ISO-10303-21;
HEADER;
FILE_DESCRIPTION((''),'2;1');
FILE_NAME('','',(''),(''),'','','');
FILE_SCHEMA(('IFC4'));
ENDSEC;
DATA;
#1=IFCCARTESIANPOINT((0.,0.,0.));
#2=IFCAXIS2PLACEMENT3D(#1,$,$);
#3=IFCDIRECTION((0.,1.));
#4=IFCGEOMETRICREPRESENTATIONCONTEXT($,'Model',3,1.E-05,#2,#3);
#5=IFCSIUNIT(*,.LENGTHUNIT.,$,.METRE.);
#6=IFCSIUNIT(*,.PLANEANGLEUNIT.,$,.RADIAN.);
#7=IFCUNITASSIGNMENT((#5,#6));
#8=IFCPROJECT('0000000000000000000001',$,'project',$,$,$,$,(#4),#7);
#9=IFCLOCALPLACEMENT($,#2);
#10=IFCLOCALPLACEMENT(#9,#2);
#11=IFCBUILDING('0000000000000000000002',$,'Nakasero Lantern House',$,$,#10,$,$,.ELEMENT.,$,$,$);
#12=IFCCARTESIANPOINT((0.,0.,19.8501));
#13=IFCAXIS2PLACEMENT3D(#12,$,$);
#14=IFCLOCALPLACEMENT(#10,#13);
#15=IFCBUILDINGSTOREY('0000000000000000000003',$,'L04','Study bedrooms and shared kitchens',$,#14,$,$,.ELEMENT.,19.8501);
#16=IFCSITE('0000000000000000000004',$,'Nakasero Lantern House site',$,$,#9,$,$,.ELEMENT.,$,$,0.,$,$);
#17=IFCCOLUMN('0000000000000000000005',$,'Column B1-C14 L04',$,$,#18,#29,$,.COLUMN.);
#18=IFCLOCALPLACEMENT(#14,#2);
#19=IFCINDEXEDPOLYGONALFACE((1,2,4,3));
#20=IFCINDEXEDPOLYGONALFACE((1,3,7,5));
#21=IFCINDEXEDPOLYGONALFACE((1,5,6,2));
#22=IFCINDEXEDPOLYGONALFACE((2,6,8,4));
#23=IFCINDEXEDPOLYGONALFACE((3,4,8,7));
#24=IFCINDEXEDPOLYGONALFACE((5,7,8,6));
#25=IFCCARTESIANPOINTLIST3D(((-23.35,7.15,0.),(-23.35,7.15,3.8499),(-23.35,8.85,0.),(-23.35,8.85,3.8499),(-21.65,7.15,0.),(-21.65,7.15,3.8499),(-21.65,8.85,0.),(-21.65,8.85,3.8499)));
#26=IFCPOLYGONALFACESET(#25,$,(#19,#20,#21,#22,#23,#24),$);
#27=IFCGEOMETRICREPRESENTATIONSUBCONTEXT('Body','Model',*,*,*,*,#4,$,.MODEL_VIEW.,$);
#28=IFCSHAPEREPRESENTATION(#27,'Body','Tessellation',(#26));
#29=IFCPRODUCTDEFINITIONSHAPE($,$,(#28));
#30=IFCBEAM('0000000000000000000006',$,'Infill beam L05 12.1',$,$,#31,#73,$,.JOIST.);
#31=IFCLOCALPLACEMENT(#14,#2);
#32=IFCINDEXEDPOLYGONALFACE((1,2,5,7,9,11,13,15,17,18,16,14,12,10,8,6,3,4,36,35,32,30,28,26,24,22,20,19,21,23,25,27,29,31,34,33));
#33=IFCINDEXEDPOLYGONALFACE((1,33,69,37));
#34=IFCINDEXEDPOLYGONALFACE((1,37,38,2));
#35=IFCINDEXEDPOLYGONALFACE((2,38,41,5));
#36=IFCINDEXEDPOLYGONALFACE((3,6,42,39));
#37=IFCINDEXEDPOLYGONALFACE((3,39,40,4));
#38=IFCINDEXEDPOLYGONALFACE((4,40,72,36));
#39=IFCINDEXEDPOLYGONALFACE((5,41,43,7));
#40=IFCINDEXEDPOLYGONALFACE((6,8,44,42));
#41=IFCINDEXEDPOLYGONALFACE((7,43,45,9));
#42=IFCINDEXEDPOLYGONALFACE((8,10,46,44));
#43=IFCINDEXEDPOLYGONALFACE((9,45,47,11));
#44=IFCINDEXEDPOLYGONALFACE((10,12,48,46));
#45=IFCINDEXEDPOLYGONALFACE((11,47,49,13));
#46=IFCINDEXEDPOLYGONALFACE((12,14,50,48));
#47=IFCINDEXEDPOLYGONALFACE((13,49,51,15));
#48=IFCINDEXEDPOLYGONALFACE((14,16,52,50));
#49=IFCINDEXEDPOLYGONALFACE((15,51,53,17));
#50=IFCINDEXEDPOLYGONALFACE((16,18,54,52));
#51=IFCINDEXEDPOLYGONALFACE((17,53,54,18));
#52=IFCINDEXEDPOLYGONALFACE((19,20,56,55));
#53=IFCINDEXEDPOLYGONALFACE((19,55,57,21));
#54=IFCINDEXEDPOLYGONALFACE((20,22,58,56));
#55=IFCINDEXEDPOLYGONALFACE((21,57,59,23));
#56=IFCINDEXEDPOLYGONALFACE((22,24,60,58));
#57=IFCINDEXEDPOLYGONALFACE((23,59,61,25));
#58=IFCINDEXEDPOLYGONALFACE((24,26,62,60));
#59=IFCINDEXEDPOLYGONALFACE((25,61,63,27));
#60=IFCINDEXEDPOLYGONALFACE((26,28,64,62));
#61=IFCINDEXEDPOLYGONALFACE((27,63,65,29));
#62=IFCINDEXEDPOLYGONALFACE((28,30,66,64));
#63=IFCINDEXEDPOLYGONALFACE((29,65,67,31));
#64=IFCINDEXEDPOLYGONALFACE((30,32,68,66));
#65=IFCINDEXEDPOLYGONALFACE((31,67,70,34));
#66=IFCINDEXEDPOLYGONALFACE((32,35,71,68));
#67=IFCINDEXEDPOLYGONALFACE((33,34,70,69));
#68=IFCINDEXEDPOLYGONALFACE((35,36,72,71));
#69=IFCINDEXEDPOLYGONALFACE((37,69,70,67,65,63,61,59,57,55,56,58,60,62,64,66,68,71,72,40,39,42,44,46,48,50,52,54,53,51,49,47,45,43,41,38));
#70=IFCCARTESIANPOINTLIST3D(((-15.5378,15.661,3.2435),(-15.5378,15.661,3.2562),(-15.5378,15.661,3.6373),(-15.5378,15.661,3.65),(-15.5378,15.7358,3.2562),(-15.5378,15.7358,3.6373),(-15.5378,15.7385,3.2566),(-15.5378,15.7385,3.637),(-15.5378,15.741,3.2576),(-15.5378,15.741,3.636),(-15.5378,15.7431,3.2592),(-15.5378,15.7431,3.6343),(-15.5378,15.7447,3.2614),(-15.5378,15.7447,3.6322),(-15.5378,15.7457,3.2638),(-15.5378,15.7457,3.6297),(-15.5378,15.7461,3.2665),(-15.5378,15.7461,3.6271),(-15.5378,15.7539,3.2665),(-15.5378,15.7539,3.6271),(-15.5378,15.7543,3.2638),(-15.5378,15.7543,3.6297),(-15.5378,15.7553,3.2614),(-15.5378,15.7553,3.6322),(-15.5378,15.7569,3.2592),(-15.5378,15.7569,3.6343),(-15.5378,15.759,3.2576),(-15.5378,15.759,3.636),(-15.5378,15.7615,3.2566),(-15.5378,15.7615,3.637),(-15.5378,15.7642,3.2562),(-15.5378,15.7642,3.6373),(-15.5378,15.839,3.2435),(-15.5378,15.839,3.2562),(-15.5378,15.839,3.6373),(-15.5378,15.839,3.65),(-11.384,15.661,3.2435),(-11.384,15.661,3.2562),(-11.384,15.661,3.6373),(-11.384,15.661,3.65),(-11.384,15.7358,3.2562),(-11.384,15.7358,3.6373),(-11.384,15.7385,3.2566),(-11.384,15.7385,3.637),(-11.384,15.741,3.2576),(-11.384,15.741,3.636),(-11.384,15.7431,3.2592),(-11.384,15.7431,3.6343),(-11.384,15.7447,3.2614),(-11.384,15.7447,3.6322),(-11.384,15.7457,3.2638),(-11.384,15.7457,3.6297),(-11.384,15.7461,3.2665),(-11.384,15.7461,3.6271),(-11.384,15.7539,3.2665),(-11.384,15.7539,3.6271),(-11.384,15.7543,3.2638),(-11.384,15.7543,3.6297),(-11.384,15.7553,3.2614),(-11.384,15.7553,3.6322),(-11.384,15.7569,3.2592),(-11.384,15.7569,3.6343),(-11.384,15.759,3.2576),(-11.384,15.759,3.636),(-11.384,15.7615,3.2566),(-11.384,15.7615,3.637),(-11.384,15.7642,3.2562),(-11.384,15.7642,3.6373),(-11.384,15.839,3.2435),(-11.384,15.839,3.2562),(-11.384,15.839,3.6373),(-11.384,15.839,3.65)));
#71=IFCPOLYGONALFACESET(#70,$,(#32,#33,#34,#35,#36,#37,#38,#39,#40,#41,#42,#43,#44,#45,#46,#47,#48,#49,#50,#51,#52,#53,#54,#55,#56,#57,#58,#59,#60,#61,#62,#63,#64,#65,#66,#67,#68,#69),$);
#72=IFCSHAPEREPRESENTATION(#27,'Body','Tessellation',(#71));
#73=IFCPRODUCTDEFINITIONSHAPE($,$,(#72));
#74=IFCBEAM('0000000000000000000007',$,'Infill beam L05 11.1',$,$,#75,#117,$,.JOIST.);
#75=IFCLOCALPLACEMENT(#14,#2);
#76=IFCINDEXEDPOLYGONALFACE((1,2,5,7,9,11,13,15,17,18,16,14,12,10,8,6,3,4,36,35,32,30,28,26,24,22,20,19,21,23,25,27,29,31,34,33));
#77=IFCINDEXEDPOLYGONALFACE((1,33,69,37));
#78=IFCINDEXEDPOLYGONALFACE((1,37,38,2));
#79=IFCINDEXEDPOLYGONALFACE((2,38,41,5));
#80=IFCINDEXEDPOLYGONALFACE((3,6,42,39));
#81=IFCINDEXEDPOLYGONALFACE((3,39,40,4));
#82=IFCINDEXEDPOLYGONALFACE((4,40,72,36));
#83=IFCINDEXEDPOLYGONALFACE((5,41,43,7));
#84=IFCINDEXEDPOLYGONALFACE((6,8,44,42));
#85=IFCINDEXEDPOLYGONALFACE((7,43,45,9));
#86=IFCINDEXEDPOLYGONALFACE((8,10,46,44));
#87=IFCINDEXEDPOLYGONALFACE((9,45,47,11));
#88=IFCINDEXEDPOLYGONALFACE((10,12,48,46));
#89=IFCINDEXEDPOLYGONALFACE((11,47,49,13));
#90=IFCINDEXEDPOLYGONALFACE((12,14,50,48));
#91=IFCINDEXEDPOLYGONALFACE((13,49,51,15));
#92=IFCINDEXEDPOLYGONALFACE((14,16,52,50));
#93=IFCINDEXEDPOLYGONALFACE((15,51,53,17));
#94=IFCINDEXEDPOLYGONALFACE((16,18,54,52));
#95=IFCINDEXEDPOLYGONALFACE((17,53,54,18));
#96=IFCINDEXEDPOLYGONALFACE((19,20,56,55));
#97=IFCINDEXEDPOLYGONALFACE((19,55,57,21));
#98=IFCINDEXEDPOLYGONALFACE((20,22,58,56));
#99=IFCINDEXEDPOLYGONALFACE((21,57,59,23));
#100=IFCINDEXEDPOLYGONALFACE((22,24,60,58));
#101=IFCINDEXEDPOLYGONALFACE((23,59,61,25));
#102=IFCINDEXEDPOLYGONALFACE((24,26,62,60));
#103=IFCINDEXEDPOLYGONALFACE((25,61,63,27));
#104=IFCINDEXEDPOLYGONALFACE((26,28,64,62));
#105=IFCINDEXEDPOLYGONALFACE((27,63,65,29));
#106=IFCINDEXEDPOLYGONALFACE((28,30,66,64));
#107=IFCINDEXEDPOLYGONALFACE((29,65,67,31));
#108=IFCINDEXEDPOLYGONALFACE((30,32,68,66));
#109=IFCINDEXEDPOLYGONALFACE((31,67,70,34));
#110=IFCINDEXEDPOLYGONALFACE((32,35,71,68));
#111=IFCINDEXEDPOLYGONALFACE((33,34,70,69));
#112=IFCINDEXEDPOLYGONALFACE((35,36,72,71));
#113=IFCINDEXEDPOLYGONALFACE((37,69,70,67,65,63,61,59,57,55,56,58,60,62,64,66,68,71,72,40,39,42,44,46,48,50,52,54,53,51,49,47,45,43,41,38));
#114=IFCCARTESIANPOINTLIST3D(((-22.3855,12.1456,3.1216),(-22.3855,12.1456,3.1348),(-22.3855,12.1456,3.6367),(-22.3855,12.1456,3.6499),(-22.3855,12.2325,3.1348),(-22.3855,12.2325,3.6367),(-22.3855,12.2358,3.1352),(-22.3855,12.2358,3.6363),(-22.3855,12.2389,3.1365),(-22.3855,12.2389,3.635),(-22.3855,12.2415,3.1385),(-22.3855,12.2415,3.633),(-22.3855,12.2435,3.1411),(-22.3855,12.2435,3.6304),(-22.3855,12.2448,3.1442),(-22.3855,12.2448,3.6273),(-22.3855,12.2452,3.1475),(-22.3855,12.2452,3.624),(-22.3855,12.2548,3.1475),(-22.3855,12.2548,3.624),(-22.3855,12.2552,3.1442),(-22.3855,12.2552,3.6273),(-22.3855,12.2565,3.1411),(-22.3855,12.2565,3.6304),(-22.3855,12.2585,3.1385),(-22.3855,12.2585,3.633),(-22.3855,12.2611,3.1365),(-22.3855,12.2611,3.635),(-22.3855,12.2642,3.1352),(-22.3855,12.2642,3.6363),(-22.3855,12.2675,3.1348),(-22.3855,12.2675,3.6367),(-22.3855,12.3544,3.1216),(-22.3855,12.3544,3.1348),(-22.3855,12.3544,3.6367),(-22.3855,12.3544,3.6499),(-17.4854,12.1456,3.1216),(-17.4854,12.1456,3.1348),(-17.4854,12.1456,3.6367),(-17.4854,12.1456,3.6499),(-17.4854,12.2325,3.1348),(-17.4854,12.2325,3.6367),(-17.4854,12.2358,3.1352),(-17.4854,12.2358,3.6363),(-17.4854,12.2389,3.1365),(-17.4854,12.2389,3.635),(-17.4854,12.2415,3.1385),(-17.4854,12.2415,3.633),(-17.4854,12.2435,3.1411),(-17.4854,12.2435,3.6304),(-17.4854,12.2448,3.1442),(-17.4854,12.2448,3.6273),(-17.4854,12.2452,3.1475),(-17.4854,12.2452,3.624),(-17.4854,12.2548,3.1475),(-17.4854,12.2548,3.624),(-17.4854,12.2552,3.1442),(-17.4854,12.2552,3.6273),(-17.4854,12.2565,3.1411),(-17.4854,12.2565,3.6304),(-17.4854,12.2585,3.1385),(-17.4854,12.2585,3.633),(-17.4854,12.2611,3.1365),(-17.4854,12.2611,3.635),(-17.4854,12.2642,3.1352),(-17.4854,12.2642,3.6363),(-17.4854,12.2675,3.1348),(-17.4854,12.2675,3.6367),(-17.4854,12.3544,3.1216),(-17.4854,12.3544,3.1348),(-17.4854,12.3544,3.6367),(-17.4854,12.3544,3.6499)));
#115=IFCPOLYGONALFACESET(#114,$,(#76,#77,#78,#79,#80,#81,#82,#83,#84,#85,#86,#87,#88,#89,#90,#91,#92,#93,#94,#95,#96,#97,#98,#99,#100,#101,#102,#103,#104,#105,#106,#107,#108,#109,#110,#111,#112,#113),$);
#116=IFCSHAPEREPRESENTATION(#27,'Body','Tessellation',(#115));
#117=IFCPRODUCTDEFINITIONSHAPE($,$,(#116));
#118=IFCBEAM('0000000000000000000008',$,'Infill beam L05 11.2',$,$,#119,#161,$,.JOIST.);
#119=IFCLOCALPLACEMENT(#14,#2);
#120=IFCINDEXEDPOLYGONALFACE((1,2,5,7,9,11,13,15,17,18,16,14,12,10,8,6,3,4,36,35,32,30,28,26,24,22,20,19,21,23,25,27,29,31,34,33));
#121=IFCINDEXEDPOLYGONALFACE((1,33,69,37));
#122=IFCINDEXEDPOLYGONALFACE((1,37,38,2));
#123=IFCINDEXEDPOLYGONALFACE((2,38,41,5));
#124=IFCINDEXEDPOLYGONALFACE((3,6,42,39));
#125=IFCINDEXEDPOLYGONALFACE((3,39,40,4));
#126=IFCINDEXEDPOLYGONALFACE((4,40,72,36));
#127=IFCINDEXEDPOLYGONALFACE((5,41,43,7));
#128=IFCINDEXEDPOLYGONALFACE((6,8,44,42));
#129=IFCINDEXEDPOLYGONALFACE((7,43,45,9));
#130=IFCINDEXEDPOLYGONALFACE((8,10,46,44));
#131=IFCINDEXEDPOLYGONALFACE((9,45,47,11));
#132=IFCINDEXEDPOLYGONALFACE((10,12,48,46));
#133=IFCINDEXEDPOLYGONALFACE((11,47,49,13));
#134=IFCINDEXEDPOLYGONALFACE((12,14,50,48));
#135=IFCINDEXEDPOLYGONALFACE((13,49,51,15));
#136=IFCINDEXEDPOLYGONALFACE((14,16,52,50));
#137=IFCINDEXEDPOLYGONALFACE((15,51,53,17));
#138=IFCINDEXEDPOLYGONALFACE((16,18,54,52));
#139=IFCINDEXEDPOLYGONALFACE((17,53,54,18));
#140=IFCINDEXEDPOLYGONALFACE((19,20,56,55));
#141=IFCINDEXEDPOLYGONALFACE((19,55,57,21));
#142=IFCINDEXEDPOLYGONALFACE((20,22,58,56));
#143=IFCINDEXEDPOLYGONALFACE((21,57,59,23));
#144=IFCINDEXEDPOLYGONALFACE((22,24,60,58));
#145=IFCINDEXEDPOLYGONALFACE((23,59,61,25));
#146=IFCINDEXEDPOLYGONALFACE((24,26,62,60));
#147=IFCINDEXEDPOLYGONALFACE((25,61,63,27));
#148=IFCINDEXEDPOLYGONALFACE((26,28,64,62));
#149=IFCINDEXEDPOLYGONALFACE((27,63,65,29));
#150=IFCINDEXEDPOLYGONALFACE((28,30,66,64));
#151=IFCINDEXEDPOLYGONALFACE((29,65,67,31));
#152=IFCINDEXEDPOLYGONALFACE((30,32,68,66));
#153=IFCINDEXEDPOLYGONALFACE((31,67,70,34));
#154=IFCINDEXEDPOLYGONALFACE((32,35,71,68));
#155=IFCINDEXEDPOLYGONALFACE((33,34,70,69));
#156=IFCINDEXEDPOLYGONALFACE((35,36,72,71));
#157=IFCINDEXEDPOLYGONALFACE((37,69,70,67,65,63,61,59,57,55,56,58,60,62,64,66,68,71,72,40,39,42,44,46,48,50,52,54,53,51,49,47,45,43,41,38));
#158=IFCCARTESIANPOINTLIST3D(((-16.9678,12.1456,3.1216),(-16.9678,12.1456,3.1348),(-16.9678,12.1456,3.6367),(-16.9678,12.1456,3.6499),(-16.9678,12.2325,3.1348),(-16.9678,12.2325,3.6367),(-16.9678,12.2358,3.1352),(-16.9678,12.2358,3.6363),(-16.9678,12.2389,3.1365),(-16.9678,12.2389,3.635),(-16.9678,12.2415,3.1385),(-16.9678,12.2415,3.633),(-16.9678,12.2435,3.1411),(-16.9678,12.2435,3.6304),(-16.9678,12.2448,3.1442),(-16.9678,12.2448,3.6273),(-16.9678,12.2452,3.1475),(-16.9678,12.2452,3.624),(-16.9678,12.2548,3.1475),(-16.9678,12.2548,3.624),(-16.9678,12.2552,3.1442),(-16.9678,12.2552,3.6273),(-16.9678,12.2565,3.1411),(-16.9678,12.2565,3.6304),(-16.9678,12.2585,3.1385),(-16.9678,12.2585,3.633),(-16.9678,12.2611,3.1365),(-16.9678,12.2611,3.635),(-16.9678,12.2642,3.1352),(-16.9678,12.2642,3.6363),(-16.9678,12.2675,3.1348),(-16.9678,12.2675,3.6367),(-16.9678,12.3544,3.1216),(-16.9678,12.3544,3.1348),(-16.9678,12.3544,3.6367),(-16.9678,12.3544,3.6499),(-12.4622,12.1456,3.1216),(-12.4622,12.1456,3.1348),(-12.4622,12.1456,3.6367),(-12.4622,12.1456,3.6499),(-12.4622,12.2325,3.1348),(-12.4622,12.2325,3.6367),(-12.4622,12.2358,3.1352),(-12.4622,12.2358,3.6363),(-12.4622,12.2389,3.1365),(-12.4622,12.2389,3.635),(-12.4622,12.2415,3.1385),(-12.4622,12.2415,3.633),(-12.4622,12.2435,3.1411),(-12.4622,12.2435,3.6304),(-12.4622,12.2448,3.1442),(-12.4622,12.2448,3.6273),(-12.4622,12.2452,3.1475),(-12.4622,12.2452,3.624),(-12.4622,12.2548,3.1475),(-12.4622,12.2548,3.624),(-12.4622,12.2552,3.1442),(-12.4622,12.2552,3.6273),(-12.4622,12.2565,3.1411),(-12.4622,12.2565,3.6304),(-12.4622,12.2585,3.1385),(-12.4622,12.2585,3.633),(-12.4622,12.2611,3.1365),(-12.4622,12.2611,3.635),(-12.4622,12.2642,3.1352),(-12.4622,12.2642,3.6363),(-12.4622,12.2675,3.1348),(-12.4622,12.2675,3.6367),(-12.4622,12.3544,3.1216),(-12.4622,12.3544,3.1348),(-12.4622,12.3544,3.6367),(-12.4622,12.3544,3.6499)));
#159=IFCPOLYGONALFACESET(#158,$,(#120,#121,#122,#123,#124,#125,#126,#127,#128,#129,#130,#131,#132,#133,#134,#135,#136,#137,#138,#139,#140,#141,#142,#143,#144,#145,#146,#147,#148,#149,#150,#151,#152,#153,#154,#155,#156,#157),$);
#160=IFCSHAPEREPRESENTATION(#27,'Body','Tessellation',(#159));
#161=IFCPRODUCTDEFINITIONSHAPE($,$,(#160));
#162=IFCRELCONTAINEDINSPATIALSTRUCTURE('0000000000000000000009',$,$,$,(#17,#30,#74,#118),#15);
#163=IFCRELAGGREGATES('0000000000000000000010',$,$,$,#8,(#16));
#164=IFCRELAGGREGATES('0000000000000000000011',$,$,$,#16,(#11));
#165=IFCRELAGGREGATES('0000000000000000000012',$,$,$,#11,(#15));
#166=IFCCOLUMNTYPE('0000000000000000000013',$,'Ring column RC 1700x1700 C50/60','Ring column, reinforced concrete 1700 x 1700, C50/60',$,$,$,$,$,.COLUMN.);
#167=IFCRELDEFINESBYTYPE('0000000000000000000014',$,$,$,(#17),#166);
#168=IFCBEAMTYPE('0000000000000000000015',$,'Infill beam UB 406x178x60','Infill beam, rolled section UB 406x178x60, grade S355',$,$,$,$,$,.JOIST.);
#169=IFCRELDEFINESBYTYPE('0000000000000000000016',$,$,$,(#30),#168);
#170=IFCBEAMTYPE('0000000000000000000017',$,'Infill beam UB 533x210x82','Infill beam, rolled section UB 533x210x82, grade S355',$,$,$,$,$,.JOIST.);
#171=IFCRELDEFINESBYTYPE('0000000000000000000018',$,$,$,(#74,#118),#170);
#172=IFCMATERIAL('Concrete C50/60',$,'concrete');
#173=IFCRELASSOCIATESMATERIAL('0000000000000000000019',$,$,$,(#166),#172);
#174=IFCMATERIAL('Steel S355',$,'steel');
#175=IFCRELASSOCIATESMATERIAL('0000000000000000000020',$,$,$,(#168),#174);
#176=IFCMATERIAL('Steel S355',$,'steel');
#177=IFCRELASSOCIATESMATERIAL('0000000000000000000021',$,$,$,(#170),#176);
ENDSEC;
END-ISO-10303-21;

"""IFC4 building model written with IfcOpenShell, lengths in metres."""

from ifc_helpers import new_model, si_unit, direction, frame, origin, origin_2d, place, context, subcontext, project, spatial, rectangle, i_section, extrude, material, material_profile, profile_set, type_object, element, save


model = new_model("IFC4")

# Units and contexts
model_context = context("Model", 3, precision=1e-05, world=origin(), true_north=direction((0.0, 1.0)))
body_context = subcontext(model_context, "Body", "Model", "MODEL_VIEW")
ifc_project = project(units=[si_unit("LENGTHUNIT", "METRE"), si_unit("PLANEANGLEUNIT", "RADIAN")], contexts=[model_context])

# Site, building, storey
site_placement = place(None, origin())
site = spatial("IfcSite", under=ifc_project, at=site_placement, Name="Nakasero Lantern House site", CompositionType="ELEMENT", RefElevation=0.0)
building_placement = place(site_placement, origin())
building = spatial("IfcBuilding", under=site, at=building_placement, Name="Nakasero Lantern House", CompositionType="ELEMENT")
storey_placement = place(building_placement, frame((0.0, 0.0, 19.8501)))
storey = spatial("IfcBuildingStorey", under=building, at=storey_placement, Name="L04", Description="Study bedrooms and shared kitchens", CompositionType="ELEMENT", Elevation=19.8501)

# Column
ifc_material_1 = material(Name="Concrete C50/60", Category="concrete")
ifc_material_profile_1 = material_profile(ifc_material_1, rectangle(XDim=1.7, YDim=1.7, at=origin_2d()), Name="RC 1700x1700")
ifc_profile_set_1 = profile_set([ifc_material_profile_1], Name="Concrete C50/60")
column_type = type_object("IfcColumnType", Name="Ring column RC 1700x1700 C50/60", Description="Ring column, reinforced concrete 1700 x 1700, C50/60", PredefinedType="COLUMN", material=ifc_profile_set_1)
column_placement = place(storey_placement, frame((-22.5, 8.0, 0.0), z_axis=(0.0, 0.0, 1.0), x_axis=(1.0, 0.0, 0.0)))
element("IfcColumn", 1, at=column_placement, inside=storey, type_object=column_type, Name="Column B1-C14 L04", PredefinedType="COLUMN", context=body_context, shape_type="SweptSolid", body=[
    extrude(rectangle(XDim=1.7, YDim=1.7, at=origin_2d()), origin(), (0.0, 0.0, 1.0), 3.8499),
])

# Beams
ifc_material_2 = material(Name="Steel S355", Category="steel")
ifc_material_profile_2 = material_profile(ifc_material_2, i_section(OverallWidth=0.178, OverallDepth=0.4065, WebThickness=0.0078, FlangeThickness=0.0127, FilletRadius=0.0103, at=origin_2d()), Name="UB 406x178x60")
ifc_profile_set_2 = profile_set([ifc_material_profile_2], Name="Steel S355")
beam_type_1 = type_object("IfcBeamType", Name="Infill beam UB 406x178x60", Description="Infill beam, rolled section UB 406x178x60, grade S355", PredefinedType="JOIST", material=ifc_profile_set_2)
beam_1_placement = place(storey_placement, frame((-15.5378, 15.75, 3.4468), z_axis=(1.0, 0.0, 0.0), x_axis=(0.0, 1.0, 0.0)))
element("IfcBeam", 2, at=beam_1_placement, inside=storey, type_object=beam_type_1, Name="Infill beam L05 12.1", PredefinedType="JOIST", context=body_context, shape_type="SweptSolid", body=[
    extrude(i_section(OverallWidth=0.178, OverallDepth=0.4065, WebThickness=0.0078, FlangeThickness=0.0127, FilletRadius=0.0103, at=origin_2d()), origin(), (0.0, 0.0, 1.0), 4.1538),
])
ifc_material_3 = material(Name="Steel S355", Category="steel")
ifc_material_profile_3 = material_profile(ifc_material_3, i_section(OverallWidth=0.2087, OverallDepth=0.5283, WebThickness=0.0095, FlangeThickness=0.0132, FilletRadius=0.0127, at=origin_2d()), Name="UB 533x210x82")
ifc_profile_set_3 = profile_set([ifc_material_profile_3], Name="Steel S355")
beam_type_2 = type_object("IfcBeamType", Name="Infill beam UB 533x210x82", Description="Infill beam, rolled section UB 533x210x82, grade S355", PredefinedType="JOIST", material=ifc_profile_set_3)
beam_2_placement = place(storey_placement, frame((-22.3855, 12.25, 3.3857), z_axis=(1.0, 0.0, 0.0), x_axis=(0.0, 1.0, 0.0)))
element("IfcBeam", 3, at=beam_2_placement, inside=storey, type_object=beam_type_2, Name="Infill beam L05 11.1", PredefinedType="JOIST", context=body_context, shape_type="SweptSolid", body=[
    extrude(i_section(OverallWidth=0.2087, OverallDepth=0.5283, WebThickness=0.0095, FlangeThickness=0.0132, FilletRadius=0.0127, at=origin_2d()), origin(), (0.0, 0.0, 1.0), 4.9001),
])
beam_3_placement = place(storey_placement, frame((-16.9678, 12.25, 3.3857), z_axis=(1.0, 0.0, 0.0), x_axis=(0.0, 1.0, 0.0)))
element("IfcBeam", 4, at=beam_3_placement, inside=storey, type_object=beam_type_2, Name="Infill beam L05 11.2", PredefinedType="JOIST", context=body_context, shape_type="SweptSolid", body=[
    extrude(i_section(OverallWidth=0.2087, OverallDepth=0.5283, WebThickness=0.0095, FlangeThickness=0.0132, FilletRadius=0.0127, at=origin_2d()), origin(), (0.0, 0.0, 1.0), 4.5056),
])

save(model, "model.ifc")
